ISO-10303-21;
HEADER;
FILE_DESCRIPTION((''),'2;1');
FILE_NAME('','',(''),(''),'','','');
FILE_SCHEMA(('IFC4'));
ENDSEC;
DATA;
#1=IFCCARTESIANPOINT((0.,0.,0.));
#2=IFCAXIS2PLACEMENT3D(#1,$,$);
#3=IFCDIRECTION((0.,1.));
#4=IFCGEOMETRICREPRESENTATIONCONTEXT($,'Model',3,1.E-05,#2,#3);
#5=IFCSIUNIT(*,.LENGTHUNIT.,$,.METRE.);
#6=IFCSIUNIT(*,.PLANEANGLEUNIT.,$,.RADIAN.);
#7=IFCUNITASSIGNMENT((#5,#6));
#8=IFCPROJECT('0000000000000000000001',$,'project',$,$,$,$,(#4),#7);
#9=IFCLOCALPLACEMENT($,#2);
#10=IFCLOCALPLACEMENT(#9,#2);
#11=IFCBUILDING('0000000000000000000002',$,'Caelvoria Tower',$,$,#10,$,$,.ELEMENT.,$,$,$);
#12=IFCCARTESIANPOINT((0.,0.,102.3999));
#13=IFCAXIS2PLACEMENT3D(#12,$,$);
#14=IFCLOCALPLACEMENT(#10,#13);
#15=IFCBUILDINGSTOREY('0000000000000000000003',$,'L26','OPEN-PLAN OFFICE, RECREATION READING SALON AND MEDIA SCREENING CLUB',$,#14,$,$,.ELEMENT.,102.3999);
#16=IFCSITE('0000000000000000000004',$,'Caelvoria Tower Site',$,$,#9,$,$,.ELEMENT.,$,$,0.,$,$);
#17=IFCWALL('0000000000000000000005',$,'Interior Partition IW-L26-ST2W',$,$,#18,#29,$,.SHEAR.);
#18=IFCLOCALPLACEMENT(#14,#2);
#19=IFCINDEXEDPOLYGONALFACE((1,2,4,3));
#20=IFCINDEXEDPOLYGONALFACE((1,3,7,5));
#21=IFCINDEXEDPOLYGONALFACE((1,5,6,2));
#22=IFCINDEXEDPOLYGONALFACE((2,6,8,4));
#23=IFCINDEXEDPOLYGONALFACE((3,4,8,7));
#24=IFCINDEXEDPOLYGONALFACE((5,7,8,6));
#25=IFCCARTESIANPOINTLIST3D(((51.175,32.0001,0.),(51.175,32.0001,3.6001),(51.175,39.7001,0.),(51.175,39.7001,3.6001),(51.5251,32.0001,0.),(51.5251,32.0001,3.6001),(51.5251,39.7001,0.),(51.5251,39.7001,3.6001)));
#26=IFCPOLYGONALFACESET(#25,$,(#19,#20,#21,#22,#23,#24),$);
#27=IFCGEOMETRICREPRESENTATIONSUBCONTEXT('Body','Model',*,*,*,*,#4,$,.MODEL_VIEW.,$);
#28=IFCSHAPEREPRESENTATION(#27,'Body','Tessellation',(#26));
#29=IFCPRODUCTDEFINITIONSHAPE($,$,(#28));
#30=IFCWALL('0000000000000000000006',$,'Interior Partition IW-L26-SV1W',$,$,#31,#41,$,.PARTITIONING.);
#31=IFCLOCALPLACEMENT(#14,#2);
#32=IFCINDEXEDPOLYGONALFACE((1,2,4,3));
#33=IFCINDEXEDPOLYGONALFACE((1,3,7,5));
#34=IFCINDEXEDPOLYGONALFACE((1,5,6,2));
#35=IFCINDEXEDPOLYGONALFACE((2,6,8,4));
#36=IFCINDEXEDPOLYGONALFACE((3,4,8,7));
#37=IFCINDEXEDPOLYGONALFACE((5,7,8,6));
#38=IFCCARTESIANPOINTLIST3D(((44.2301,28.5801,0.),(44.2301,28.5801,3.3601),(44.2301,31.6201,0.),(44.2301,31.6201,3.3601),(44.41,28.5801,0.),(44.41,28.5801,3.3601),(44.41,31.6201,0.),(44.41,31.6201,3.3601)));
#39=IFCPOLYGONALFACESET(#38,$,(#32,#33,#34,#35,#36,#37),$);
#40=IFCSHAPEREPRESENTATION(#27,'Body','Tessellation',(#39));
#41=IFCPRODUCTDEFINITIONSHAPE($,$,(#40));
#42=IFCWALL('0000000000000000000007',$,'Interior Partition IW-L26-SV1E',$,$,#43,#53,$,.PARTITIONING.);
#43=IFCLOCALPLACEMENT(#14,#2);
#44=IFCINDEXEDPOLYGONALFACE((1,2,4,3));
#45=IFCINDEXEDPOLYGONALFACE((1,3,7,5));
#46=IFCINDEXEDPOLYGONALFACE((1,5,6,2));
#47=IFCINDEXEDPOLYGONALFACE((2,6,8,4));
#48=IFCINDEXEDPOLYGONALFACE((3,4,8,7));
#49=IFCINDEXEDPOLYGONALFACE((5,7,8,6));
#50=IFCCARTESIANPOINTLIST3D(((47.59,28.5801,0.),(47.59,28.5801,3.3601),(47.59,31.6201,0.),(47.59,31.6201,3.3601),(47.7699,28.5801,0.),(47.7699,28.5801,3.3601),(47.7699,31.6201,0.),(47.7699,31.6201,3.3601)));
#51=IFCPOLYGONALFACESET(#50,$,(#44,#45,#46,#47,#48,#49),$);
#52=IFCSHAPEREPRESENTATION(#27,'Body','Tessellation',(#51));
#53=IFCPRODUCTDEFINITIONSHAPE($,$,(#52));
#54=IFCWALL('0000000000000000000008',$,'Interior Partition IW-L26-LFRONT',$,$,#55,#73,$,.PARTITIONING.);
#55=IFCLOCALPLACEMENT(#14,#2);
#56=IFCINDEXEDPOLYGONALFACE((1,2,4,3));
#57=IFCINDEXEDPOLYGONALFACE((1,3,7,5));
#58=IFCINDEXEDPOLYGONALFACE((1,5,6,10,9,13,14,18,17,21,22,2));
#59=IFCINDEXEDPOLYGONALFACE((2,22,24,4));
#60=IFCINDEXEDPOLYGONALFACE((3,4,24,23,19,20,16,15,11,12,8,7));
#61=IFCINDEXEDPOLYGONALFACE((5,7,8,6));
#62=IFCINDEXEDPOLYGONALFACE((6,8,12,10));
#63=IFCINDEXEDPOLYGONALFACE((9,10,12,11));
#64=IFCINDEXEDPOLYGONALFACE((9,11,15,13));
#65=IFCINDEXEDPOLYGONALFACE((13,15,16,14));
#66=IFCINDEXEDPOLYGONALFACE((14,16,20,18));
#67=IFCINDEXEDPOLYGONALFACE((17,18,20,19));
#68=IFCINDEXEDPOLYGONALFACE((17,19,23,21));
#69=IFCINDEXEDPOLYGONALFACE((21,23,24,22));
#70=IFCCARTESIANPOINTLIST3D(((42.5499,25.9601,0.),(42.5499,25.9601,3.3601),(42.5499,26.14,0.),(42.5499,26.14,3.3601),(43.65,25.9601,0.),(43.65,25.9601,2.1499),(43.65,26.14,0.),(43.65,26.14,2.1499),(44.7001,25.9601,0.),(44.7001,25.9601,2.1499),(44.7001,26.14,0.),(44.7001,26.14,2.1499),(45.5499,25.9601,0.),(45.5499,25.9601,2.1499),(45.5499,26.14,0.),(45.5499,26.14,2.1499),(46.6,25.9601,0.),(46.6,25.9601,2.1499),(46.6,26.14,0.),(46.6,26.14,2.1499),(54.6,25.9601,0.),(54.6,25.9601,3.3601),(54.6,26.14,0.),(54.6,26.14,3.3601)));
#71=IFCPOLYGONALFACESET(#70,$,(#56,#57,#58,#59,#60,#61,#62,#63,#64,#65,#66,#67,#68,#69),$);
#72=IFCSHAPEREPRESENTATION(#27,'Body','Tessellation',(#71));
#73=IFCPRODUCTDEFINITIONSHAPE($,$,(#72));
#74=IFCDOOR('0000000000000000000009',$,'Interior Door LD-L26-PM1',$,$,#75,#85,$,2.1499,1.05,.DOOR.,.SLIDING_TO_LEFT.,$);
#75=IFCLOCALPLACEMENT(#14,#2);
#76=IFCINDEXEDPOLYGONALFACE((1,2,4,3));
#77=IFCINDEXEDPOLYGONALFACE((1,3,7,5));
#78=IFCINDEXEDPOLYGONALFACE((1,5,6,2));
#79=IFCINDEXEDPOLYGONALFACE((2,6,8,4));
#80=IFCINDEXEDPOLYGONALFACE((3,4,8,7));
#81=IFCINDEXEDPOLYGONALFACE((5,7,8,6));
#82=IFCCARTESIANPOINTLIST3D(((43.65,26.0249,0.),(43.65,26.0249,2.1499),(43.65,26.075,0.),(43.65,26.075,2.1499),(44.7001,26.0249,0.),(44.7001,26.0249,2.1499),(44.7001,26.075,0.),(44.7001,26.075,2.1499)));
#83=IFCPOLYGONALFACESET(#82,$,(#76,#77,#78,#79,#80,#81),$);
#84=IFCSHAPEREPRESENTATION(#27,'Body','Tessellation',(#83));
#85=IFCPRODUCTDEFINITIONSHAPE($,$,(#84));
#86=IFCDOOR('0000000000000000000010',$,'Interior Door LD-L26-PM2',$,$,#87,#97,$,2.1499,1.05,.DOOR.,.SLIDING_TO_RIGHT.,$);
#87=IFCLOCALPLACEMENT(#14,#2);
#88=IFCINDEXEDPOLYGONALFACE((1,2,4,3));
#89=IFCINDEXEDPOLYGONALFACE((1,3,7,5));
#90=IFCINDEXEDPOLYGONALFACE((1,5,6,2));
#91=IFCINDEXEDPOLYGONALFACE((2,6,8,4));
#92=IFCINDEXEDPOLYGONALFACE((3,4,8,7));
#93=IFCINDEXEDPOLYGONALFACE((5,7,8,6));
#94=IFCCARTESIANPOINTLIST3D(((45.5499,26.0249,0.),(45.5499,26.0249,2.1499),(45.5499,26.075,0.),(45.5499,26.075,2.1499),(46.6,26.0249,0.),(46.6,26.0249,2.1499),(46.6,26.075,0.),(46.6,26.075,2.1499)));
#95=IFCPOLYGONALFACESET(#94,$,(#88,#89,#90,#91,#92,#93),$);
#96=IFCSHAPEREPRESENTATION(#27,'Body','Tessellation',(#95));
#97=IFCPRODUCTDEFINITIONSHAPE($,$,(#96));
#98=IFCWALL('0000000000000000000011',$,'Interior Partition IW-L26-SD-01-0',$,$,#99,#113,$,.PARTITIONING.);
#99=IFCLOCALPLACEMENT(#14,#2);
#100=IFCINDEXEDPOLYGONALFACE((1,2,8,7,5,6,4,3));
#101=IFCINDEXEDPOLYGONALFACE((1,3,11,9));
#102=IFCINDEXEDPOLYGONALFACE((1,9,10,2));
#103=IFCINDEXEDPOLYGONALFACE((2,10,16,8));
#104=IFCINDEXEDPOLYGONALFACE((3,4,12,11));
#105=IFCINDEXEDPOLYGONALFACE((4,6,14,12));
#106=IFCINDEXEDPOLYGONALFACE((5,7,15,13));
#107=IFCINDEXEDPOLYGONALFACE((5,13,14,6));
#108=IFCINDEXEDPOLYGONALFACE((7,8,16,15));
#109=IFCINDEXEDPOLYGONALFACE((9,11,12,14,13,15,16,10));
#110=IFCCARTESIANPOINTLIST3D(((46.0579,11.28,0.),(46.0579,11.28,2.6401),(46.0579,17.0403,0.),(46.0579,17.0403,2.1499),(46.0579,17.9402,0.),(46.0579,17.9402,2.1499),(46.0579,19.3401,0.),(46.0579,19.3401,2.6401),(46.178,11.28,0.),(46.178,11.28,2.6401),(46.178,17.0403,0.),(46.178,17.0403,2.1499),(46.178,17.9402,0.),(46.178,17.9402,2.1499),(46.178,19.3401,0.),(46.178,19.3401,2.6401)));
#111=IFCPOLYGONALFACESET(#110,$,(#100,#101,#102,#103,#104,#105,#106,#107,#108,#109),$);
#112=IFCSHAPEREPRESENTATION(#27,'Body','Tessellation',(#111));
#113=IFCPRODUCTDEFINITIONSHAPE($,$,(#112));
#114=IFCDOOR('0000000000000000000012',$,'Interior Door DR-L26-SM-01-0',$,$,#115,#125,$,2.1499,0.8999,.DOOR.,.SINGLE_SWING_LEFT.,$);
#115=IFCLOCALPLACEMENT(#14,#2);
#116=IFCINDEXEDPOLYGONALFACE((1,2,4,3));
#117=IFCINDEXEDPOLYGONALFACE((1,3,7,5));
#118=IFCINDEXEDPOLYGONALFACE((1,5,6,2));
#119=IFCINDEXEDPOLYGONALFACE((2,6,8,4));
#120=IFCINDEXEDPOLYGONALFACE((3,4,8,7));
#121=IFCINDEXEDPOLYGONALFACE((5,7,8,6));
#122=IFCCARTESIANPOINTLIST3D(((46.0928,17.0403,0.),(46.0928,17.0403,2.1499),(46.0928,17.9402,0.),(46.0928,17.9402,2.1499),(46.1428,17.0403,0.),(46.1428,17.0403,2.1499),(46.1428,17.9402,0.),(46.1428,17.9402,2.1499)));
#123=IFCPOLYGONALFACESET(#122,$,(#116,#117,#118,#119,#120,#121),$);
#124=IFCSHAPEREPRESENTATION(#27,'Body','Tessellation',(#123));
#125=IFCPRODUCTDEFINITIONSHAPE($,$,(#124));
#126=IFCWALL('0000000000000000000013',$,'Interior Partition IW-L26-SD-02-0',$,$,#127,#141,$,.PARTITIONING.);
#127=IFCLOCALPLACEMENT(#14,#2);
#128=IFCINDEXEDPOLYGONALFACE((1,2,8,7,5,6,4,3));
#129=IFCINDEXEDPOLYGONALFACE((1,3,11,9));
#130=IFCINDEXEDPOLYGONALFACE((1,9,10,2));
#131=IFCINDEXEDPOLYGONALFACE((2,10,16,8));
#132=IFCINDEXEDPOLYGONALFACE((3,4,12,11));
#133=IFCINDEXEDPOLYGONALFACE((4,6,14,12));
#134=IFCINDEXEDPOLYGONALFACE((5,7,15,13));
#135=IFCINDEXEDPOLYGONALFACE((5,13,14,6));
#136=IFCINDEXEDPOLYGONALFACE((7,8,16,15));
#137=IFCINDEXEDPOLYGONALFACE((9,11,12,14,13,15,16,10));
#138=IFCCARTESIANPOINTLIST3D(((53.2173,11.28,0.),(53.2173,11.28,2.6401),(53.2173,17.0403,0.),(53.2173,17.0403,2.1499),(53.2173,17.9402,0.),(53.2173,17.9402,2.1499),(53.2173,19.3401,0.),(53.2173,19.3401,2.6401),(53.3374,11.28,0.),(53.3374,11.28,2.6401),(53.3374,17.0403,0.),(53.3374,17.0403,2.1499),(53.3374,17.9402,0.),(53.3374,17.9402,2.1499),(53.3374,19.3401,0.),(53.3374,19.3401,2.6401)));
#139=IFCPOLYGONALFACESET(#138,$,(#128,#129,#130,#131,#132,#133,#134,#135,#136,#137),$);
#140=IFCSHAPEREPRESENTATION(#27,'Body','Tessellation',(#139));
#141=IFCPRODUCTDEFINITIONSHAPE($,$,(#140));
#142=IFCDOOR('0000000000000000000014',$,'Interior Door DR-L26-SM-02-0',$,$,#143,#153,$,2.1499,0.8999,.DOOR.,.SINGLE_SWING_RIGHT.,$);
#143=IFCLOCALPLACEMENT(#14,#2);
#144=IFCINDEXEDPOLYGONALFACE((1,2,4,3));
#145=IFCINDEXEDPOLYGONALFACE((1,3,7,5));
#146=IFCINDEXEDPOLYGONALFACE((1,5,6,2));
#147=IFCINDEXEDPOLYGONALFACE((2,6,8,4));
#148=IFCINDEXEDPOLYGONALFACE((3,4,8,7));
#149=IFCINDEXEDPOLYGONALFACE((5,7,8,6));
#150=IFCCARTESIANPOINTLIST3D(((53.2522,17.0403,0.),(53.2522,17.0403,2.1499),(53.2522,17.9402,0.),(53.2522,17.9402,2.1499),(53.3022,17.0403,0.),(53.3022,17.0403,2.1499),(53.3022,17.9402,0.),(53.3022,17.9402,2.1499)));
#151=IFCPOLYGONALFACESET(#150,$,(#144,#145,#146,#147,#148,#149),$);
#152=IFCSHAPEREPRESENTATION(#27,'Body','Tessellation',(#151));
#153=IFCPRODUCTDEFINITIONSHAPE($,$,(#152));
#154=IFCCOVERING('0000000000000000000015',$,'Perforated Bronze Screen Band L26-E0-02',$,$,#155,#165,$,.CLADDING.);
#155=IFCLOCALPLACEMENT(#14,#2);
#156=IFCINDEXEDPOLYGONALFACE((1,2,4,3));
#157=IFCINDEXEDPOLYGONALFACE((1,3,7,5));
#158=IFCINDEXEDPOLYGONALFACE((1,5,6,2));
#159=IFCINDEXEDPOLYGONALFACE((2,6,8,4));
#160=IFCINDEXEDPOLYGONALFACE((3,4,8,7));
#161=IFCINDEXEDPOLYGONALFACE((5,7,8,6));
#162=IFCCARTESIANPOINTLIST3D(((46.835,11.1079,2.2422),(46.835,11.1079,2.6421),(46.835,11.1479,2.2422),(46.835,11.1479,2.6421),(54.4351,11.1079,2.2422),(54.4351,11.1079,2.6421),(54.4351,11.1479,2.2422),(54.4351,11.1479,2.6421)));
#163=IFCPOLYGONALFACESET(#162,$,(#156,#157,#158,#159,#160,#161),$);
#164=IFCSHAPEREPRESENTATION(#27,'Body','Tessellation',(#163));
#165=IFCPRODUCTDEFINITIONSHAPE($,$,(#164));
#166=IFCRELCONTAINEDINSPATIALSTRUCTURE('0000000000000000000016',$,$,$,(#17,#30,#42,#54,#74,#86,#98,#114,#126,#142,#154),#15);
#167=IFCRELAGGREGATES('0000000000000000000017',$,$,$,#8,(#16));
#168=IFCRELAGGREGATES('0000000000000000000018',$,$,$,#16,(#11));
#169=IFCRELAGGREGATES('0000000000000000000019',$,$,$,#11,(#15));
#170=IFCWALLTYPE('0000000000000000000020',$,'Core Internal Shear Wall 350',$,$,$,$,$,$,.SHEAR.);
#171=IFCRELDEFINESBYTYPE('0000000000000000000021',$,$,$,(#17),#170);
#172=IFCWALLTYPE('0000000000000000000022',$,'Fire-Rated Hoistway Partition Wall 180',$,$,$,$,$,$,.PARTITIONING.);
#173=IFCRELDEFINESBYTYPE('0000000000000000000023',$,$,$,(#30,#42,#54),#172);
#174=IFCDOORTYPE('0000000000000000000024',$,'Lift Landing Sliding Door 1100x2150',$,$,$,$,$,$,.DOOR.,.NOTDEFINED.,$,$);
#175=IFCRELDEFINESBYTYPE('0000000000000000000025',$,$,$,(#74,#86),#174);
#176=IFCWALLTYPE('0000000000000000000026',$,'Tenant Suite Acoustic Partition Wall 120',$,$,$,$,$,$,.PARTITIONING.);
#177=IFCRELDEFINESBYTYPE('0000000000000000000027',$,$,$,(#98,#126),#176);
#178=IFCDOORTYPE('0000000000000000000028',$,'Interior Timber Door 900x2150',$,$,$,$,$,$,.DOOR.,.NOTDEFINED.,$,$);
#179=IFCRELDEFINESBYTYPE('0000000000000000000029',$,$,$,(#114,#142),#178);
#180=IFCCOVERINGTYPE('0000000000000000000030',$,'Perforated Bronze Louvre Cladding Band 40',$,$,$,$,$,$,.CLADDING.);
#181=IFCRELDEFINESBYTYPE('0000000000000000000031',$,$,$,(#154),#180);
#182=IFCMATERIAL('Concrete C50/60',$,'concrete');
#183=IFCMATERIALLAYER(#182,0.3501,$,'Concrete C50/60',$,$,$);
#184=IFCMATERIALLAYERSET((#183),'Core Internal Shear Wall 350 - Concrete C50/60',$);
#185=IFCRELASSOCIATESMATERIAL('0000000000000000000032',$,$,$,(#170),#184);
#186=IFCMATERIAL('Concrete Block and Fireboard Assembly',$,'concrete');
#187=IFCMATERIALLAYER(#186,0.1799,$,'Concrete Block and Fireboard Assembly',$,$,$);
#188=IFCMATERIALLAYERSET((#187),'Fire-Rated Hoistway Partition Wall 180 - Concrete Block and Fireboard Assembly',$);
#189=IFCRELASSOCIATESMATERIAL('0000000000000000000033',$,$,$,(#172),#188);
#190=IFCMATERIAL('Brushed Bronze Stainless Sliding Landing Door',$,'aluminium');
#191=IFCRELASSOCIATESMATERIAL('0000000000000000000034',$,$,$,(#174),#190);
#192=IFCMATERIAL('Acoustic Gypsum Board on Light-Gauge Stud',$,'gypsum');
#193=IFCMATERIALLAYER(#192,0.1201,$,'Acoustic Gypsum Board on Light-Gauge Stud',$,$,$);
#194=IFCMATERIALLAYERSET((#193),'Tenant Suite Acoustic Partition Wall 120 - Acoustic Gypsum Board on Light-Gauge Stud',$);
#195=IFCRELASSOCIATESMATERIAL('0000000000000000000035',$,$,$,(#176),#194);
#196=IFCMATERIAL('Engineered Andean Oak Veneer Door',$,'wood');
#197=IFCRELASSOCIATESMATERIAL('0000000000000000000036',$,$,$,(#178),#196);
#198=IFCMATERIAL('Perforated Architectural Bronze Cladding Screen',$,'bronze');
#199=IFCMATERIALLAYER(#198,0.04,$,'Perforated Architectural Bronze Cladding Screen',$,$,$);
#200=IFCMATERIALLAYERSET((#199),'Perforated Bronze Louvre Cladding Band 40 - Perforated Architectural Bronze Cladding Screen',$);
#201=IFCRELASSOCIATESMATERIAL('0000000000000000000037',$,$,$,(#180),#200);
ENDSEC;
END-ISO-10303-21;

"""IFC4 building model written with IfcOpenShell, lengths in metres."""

from ifc_helpers import new_model, si_unit, direction, frame, frame_2d, origin, origin_2d, place, context, subcontext, project, spatial, rectangle, extrude, material, layer, layer_set, type_object, element, fill, save


model = new_model("IFC4")

# Units and contexts
model_context = context("Model", 3, precision=1e-05, world=origin(), true_north=direction((0.0, 1.0)))
body_context = subcontext(model_context, "Body", "Model", "MODEL_VIEW")
ifc_project = project(units=[si_unit("LENGTHUNIT", "METRE"), si_unit("PLANEANGLEUNIT", "RADIAN")], contexts=[model_context])

# Site, building, storey
site_placement = place(None, origin())
site = spatial("IfcSite", under=ifc_project, at=site_placement, Name="Caelvoria Tower Site", CompositionType="ELEMENT", RefElevation=0.0)
building_placement = place(site_placement, origin())
building = spatial("IfcBuilding", under=site, at=building_placement, Name="Caelvoria Tower", CompositionType="ELEMENT")
storey_placement = place(building_placement, frame((0.0, 0.0, 102.3999)))
storey = spatial("IfcBuildingStorey", under=building, at=storey_placement, Name="L26", Description="OPEN-PLAN OFFICE, RECREATION READING SALON AND MEDIA SCREENING CLUB", CompositionType="ELEMENT", Elevation=102.3999)

# Walls
ifc_material_1 = material(Name="Concrete C50/60", Category="concrete")
ifc_layer_1 = layer(ifc_material_1, 0.3501, Name="Concrete C50/60")
ifc_layer_set_1 = layer_set([ifc_layer_1], Name="Core Internal Shear Wall 350 - Concrete C50/60")
wall_type_1 = type_object("IfcWallType", Name="Core Internal Shear Wall 350", PredefinedType="SHEAR", material=ifc_layer_set_1)
wall_1_placement = place(storey_placement, frame((51.3501, 32.0, 0.0), z_axis=(0.0, 0.0, 1.0), x_axis=(0.0, 1.0, 0.0)))
element("IfcWall", 1, at=wall_1_placement, inside=storey, type_object=wall_type_1, Name="Interior Partition IW-L26-ST2W", PredefinedType="SHEAR", context=body_context, shape_type="SweptSolid", body=[
    extrude(rectangle(XDim=7.7, YDim=0.3501, at=frame_2d((3.8501, 0.0))), origin(), (0.0, 0.0, 1.0), 3.6001),
])
ifc_material_2 = material(Name="Concrete Block and Fireboard Assembly", Category="concrete")
ifc_layer_2 = layer(ifc_material_2, 0.1799, Name="Concrete Block and Fireboard Assembly")
ifc_layer_set_2 = layer_set([ifc_layer_2], Name="Fire-Rated Hoistway Partition Wall 180 - Concrete Block and Fireboard Assembly")
wall_type_2 = type_object("IfcWallType", Name="Fire-Rated Hoistway Partition Wall 180", PredefinedType="PARTITIONING", material=ifc_layer_set_2)
for number, where, z_axis, x_axis, name in (
    (2, (44.3201, 28.5801, 0.0), (0.0, 0.0, 1.0), (0.0, 1.0, 0.0), "Interior Partition IW-L26-SV1W"),
    (3, (47.6799, 28.5801, 0.0), (0.0, 0.0, 1.0), (0.0, 1.0, 0.0), "Interior Partition IW-L26-SV1E"),
):
    element("IfcWall", number, at=place(storey_placement, frame(where, z_axis=z_axis, x_axis=x_axis)), inside=storey, type_object=wall_type_2, Name=name, PredefinedType="PARTITIONING", context=body_context, shape_type="SweptSolid", body=[
        extrude(rectangle(XDim=3.04, YDim=0.1799, at=frame_2d((1.52, 0.0))), origin(), (0.0, 0.0, 1.0), 3.3601),
    ])

# Wall, openings, doors
wall_2_placement = place(storey_placement, frame((42.55, 26.05, 0.0), z_axis=(0.0, 0.0, 1.0), x_axis=(1.0, 0.0, 0.0)))
wall_2 = element("IfcWall", 4, at=wall_2_placement, inside=storey, type_object=wall_type_2, Name="Interior Partition IW-L26-LFRONT", PredefinedType="PARTITIONING", context=body_context, shape_type="SweptSolid", body=[
    extrude(rectangle(XDim=12.05, YDim=0.1799, at=frame_2d((6.0249, 0.0))), origin(), (0.0, 0.0, 1.0), 3.3601),
])
opening_1_placement = place(wall_2_placement, frame((1.1001, 0.0, 0.0)))
opening_1 = element("IfcOpeningElement", 5, at=opening_1_placement, cuts=wall_2, PredefinedType="OPENING", context=body_context, shape_type="SweptSolid", body=[
    extrude(rectangle(XDim=1.05, YDim=2.1499, at=frame_2d((0.5249, 1.075))), frame((0.0, 0.0999, 0.0), z_axis=(0.0, -1.0, 0.0), x_axis=(1.0, 0.0, 0.0)), (0.0, 0.0, 1.0), 0.2),
])
opening_2_placement = place(wall_2_placement, frame((3.0, 0.0, 0.0)))
opening_2 = element("IfcOpeningElement", 6, at=opening_2_placement, cuts=wall_2, PredefinedType="OPENING", context=body_context, shape_type="SweptSolid", body=[
    extrude(rectangle(XDim=1.05, YDim=2.1499, at=frame_2d((0.5249, 1.075))), frame((0.0, 0.0999, 0.0), z_axis=(0.0, -1.0, 0.0), x_axis=(1.0, 0.0, 0.0)), (0.0, 0.0, 1.0), 0.2),
])
ifc_material_3 = material(Name="Brushed Bronze Stainless Sliding Landing Door", Category="aluminium")
door_type_1 = type_object("IfcDoorType", Name="Lift Landing Sliding Door 1100x2150", OperationType="NOTDEFINED", PredefinedType="DOOR", material=ifc_material_3)
door_1_placement = place(opening_1_placement, origin())
door_1 = element("IfcDoor", 7, at=door_1_placement, inside=storey, type_object=door_type_1, Name="Interior Door LD-L26-PM1", OperationType="SLIDING_TO_LEFT", OverallHeight=2.1499, OverallWidth=1.05, PredefinedType="DOOR", context=body_context, shape_type="SweptSolid", body=[
    extrude(rectangle(XDim=1.05, YDim=2.1499, at=frame_2d((0.5249, 1.075))), frame((0.0, 0.0249, 0.0), z_axis=(0.0, -1.0, 0.0), x_axis=(1.0, 0.0, 0.0)), (0.0, 0.0, 1.0), 0.05),
])
fill(opening_1, door_1)
door_2_placement = place(opening_2_placement, origin())
door_2 = element("IfcDoor", 8, at=door_2_placement, inside=storey, type_object=door_type_1, Name="Interior Door LD-L26-PM2", OperationType="SLIDING_TO_RIGHT", OverallHeight=2.1499, OverallWidth=1.05, PredefinedType="DOOR", context=body_context, shape_type="SweptSolid", body=[
    extrude(rectangle(XDim=1.05, YDim=2.1499, at=frame_2d((0.5249, 1.075))), frame((0.0, 0.0249, 0.0), z_axis=(0.0, -1.0, 0.0), x_axis=(1.0, 0.0, 0.0)), (0.0, 0.0, 1.0), 0.05),
])
fill(opening_2, door_2)

# Walls, openings, doors
ifc_material_4 = material(Name="Acoustic Gypsum Board on Light-Gauge Stud", Category="gypsum")
ifc_layer_3 = layer(ifc_material_4, 0.1201, Name="Acoustic Gypsum Board on Light-Gauge Stud")
ifc_layer_set_3 = layer_set([ifc_layer_3], Name="Tenant Suite Acoustic Partition Wall 120 - Acoustic Gypsum Board on Light-Gauge Stud")
wall_type_3 = type_object("IfcWallType", Name="Tenant Suite Acoustic Partition Wall 120", PredefinedType="PARTITIONING", material=ifc_layer_set_3)
wall_3_placement = place(storey_placement, frame((46.1179, 19.3401, 0.0), z_axis=(0.0, 0.0, 1.0), x_axis=(0.0, -1.0, 0.0)))
wall_3 = element("IfcWall", 9, at=wall_3_placement, inside=storey, type_object=wall_type_3, Name="Interior Partition IW-L26-SD-01-0", PredefinedType="PARTITIONING", context=body_context, shape_type="SweptSolid", body=[
    extrude(rectangle(XDim=8.0601, YDim=0.1201, at=frame_2d((4.03, 0.0))), origin(), (0.0, 0.0, 1.0), 2.6401),
])
opening_3_placement = place(wall_3_placement, frame((1.3999, 0.0, 0.0)))
opening_3 = element("IfcOpeningElement", 10, at=opening_3_placement, cuts=wall_3, PredefinedType="OPENING", context=body_context, shape_type="SweptSolid", body=[
    extrude(rectangle(XDim=0.8999, YDim=2.1499, at=frame_2d((0.45, 1.075))), frame((0.0, 0.0701, 0.0), z_axis=(0.0, -1.0, 0.0), x_axis=(1.0, 0.0, 0.0)), (0.0, 0.0, 1.0), 0.1401),
])
ifc_material_5 = material(Name="Engineered Andean Oak Veneer Door", Category="wood")
door_type_2 = type_object("IfcDoorType", Name="Interior Timber Door 900x2150", OperationType="NOTDEFINED", PredefinedType="DOOR", material=ifc_material_5)
door_3_placement = place(opening_3_placement, origin())
door_3 = element("IfcDoor", 11, at=door_3_placement, inside=storey, type_object=door_type_2, Name="Interior Door DR-L26-SM-01-0", OperationType="SINGLE_SWING_LEFT", OverallHeight=2.1499, OverallWidth=0.8999, PredefinedType="DOOR", context=body_context, shape_type="SweptSolid", body=[
    extrude(rectangle(XDim=0.8999, YDim=2.1499, at=frame_2d((0.45, 1.075))), frame((0.0, 0.0249, 0.0), z_axis=(0.0, -1.0, 0.0), x_axis=(1.0, 0.0, 0.0)), (0.0, 0.0, 1.0), 0.05),
])
fill(opening_3, door_3)
wall_4_placement = place(storey_placement, frame((53.2773, 19.3401, 0.0), z_axis=(0.0, 0.0, 1.0), x_axis=(0.0, -1.0, 0.0)))
wall_4 = element("IfcWall", 12, at=wall_4_placement, inside=storey, type_object=wall_type_3, Name="Interior Partition IW-L26-SD-02-0", PredefinedType="PARTITIONING", context=body_context, shape_type="SweptSolid", body=[
    extrude(rectangle(XDim=8.0601, YDim=0.1201, at=frame_2d((4.03, 0.0))), origin(), (0.0, 0.0, 1.0), 2.6401),
])
opening_4_placement = place(wall_4_placement, frame((1.3999, 0.0, 0.0)))
opening_4 = element("IfcOpeningElement", 13, at=opening_4_placement, cuts=wall_4, PredefinedType="OPENING", context=body_context, shape_type="SweptSolid", body=[
    extrude(rectangle(XDim=0.8999, YDim=2.1499, at=frame_2d((0.45, 1.075))), frame((0.0, 0.0701, 0.0), z_axis=(0.0, -1.0, 0.0), x_axis=(1.0, 0.0, 0.0)), (0.0, 0.0, 1.0), 0.1401),
])
door_4_placement = place(opening_4_placement, origin())
door_4 = element("IfcDoor", 14, at=door_4_placement, inside=storey, type_object=door_type_2, Name="Interior Door DR-L26-SM-02-0", OperationType="SINGLE_SWING_RIGHT", OverallHeight=2.1499, OverallWidth=0.8999, PredefinedType="DOOR", context=body_context, shape_type="SweptSolid", body=[
    extrude(rectangle(XDim=0.8999, YDim=2.1499, at=frame_2d((0.45, 1.075))), frame((0.0, 0.0249, 0.0), z_axis=(0.0, -1.0, 0.0), x_axis=(1.0, 0.0, 0.0)), (0.0, 0.0, 1.0), 0.05),
])
fill(opening_4, door_4)

# Covering
ifc_material_6 = material(Name="Perforated Architectural Bronze Cladding Screen", Category="bronze")
ifc_layer_4 = layer(ifc_material_6, 0.04, Name="Perforated Architectural Bronze Cladding Screen")
ifc_layer_set_4 = layer_set([ifc_layer_4], Name="Perforated Bronze Louvre Cladding Band 40 - Perforated Architectural Bronze Cladding Screen")
covering_type = type_object("IfcCoveringType", Name="Perforated Bronze Louvre Cladding Band 40", PredefinedType="CLADDING", material=ifc_layer_set_4)
for number, where, z_axis, x_axis, name in (
    (15, (50.635, 11.1279, 2.2422), (0.0, 0.0, 1.0), (1.0, 0.0, 0.0), "Perforated Bronze Screen Band L26-E0-02"),
):
    element("IfcCovering", number, at=place(storey_placement, frame(where, z_axis=z_axis, x_axis=x_axis)), inside=storey, type_object=covering_type, Name=name, PredefinedType="CLADDING", context=body_context, shape_type="SweptSolid", body=[
        extrude(rectangle(XDim=7.6001, YDim=0.04, at=origin_2d()), origin(), (0.0, 0.0, 1.0), 0.3999),
    ])

save(model, "model.ifc")
